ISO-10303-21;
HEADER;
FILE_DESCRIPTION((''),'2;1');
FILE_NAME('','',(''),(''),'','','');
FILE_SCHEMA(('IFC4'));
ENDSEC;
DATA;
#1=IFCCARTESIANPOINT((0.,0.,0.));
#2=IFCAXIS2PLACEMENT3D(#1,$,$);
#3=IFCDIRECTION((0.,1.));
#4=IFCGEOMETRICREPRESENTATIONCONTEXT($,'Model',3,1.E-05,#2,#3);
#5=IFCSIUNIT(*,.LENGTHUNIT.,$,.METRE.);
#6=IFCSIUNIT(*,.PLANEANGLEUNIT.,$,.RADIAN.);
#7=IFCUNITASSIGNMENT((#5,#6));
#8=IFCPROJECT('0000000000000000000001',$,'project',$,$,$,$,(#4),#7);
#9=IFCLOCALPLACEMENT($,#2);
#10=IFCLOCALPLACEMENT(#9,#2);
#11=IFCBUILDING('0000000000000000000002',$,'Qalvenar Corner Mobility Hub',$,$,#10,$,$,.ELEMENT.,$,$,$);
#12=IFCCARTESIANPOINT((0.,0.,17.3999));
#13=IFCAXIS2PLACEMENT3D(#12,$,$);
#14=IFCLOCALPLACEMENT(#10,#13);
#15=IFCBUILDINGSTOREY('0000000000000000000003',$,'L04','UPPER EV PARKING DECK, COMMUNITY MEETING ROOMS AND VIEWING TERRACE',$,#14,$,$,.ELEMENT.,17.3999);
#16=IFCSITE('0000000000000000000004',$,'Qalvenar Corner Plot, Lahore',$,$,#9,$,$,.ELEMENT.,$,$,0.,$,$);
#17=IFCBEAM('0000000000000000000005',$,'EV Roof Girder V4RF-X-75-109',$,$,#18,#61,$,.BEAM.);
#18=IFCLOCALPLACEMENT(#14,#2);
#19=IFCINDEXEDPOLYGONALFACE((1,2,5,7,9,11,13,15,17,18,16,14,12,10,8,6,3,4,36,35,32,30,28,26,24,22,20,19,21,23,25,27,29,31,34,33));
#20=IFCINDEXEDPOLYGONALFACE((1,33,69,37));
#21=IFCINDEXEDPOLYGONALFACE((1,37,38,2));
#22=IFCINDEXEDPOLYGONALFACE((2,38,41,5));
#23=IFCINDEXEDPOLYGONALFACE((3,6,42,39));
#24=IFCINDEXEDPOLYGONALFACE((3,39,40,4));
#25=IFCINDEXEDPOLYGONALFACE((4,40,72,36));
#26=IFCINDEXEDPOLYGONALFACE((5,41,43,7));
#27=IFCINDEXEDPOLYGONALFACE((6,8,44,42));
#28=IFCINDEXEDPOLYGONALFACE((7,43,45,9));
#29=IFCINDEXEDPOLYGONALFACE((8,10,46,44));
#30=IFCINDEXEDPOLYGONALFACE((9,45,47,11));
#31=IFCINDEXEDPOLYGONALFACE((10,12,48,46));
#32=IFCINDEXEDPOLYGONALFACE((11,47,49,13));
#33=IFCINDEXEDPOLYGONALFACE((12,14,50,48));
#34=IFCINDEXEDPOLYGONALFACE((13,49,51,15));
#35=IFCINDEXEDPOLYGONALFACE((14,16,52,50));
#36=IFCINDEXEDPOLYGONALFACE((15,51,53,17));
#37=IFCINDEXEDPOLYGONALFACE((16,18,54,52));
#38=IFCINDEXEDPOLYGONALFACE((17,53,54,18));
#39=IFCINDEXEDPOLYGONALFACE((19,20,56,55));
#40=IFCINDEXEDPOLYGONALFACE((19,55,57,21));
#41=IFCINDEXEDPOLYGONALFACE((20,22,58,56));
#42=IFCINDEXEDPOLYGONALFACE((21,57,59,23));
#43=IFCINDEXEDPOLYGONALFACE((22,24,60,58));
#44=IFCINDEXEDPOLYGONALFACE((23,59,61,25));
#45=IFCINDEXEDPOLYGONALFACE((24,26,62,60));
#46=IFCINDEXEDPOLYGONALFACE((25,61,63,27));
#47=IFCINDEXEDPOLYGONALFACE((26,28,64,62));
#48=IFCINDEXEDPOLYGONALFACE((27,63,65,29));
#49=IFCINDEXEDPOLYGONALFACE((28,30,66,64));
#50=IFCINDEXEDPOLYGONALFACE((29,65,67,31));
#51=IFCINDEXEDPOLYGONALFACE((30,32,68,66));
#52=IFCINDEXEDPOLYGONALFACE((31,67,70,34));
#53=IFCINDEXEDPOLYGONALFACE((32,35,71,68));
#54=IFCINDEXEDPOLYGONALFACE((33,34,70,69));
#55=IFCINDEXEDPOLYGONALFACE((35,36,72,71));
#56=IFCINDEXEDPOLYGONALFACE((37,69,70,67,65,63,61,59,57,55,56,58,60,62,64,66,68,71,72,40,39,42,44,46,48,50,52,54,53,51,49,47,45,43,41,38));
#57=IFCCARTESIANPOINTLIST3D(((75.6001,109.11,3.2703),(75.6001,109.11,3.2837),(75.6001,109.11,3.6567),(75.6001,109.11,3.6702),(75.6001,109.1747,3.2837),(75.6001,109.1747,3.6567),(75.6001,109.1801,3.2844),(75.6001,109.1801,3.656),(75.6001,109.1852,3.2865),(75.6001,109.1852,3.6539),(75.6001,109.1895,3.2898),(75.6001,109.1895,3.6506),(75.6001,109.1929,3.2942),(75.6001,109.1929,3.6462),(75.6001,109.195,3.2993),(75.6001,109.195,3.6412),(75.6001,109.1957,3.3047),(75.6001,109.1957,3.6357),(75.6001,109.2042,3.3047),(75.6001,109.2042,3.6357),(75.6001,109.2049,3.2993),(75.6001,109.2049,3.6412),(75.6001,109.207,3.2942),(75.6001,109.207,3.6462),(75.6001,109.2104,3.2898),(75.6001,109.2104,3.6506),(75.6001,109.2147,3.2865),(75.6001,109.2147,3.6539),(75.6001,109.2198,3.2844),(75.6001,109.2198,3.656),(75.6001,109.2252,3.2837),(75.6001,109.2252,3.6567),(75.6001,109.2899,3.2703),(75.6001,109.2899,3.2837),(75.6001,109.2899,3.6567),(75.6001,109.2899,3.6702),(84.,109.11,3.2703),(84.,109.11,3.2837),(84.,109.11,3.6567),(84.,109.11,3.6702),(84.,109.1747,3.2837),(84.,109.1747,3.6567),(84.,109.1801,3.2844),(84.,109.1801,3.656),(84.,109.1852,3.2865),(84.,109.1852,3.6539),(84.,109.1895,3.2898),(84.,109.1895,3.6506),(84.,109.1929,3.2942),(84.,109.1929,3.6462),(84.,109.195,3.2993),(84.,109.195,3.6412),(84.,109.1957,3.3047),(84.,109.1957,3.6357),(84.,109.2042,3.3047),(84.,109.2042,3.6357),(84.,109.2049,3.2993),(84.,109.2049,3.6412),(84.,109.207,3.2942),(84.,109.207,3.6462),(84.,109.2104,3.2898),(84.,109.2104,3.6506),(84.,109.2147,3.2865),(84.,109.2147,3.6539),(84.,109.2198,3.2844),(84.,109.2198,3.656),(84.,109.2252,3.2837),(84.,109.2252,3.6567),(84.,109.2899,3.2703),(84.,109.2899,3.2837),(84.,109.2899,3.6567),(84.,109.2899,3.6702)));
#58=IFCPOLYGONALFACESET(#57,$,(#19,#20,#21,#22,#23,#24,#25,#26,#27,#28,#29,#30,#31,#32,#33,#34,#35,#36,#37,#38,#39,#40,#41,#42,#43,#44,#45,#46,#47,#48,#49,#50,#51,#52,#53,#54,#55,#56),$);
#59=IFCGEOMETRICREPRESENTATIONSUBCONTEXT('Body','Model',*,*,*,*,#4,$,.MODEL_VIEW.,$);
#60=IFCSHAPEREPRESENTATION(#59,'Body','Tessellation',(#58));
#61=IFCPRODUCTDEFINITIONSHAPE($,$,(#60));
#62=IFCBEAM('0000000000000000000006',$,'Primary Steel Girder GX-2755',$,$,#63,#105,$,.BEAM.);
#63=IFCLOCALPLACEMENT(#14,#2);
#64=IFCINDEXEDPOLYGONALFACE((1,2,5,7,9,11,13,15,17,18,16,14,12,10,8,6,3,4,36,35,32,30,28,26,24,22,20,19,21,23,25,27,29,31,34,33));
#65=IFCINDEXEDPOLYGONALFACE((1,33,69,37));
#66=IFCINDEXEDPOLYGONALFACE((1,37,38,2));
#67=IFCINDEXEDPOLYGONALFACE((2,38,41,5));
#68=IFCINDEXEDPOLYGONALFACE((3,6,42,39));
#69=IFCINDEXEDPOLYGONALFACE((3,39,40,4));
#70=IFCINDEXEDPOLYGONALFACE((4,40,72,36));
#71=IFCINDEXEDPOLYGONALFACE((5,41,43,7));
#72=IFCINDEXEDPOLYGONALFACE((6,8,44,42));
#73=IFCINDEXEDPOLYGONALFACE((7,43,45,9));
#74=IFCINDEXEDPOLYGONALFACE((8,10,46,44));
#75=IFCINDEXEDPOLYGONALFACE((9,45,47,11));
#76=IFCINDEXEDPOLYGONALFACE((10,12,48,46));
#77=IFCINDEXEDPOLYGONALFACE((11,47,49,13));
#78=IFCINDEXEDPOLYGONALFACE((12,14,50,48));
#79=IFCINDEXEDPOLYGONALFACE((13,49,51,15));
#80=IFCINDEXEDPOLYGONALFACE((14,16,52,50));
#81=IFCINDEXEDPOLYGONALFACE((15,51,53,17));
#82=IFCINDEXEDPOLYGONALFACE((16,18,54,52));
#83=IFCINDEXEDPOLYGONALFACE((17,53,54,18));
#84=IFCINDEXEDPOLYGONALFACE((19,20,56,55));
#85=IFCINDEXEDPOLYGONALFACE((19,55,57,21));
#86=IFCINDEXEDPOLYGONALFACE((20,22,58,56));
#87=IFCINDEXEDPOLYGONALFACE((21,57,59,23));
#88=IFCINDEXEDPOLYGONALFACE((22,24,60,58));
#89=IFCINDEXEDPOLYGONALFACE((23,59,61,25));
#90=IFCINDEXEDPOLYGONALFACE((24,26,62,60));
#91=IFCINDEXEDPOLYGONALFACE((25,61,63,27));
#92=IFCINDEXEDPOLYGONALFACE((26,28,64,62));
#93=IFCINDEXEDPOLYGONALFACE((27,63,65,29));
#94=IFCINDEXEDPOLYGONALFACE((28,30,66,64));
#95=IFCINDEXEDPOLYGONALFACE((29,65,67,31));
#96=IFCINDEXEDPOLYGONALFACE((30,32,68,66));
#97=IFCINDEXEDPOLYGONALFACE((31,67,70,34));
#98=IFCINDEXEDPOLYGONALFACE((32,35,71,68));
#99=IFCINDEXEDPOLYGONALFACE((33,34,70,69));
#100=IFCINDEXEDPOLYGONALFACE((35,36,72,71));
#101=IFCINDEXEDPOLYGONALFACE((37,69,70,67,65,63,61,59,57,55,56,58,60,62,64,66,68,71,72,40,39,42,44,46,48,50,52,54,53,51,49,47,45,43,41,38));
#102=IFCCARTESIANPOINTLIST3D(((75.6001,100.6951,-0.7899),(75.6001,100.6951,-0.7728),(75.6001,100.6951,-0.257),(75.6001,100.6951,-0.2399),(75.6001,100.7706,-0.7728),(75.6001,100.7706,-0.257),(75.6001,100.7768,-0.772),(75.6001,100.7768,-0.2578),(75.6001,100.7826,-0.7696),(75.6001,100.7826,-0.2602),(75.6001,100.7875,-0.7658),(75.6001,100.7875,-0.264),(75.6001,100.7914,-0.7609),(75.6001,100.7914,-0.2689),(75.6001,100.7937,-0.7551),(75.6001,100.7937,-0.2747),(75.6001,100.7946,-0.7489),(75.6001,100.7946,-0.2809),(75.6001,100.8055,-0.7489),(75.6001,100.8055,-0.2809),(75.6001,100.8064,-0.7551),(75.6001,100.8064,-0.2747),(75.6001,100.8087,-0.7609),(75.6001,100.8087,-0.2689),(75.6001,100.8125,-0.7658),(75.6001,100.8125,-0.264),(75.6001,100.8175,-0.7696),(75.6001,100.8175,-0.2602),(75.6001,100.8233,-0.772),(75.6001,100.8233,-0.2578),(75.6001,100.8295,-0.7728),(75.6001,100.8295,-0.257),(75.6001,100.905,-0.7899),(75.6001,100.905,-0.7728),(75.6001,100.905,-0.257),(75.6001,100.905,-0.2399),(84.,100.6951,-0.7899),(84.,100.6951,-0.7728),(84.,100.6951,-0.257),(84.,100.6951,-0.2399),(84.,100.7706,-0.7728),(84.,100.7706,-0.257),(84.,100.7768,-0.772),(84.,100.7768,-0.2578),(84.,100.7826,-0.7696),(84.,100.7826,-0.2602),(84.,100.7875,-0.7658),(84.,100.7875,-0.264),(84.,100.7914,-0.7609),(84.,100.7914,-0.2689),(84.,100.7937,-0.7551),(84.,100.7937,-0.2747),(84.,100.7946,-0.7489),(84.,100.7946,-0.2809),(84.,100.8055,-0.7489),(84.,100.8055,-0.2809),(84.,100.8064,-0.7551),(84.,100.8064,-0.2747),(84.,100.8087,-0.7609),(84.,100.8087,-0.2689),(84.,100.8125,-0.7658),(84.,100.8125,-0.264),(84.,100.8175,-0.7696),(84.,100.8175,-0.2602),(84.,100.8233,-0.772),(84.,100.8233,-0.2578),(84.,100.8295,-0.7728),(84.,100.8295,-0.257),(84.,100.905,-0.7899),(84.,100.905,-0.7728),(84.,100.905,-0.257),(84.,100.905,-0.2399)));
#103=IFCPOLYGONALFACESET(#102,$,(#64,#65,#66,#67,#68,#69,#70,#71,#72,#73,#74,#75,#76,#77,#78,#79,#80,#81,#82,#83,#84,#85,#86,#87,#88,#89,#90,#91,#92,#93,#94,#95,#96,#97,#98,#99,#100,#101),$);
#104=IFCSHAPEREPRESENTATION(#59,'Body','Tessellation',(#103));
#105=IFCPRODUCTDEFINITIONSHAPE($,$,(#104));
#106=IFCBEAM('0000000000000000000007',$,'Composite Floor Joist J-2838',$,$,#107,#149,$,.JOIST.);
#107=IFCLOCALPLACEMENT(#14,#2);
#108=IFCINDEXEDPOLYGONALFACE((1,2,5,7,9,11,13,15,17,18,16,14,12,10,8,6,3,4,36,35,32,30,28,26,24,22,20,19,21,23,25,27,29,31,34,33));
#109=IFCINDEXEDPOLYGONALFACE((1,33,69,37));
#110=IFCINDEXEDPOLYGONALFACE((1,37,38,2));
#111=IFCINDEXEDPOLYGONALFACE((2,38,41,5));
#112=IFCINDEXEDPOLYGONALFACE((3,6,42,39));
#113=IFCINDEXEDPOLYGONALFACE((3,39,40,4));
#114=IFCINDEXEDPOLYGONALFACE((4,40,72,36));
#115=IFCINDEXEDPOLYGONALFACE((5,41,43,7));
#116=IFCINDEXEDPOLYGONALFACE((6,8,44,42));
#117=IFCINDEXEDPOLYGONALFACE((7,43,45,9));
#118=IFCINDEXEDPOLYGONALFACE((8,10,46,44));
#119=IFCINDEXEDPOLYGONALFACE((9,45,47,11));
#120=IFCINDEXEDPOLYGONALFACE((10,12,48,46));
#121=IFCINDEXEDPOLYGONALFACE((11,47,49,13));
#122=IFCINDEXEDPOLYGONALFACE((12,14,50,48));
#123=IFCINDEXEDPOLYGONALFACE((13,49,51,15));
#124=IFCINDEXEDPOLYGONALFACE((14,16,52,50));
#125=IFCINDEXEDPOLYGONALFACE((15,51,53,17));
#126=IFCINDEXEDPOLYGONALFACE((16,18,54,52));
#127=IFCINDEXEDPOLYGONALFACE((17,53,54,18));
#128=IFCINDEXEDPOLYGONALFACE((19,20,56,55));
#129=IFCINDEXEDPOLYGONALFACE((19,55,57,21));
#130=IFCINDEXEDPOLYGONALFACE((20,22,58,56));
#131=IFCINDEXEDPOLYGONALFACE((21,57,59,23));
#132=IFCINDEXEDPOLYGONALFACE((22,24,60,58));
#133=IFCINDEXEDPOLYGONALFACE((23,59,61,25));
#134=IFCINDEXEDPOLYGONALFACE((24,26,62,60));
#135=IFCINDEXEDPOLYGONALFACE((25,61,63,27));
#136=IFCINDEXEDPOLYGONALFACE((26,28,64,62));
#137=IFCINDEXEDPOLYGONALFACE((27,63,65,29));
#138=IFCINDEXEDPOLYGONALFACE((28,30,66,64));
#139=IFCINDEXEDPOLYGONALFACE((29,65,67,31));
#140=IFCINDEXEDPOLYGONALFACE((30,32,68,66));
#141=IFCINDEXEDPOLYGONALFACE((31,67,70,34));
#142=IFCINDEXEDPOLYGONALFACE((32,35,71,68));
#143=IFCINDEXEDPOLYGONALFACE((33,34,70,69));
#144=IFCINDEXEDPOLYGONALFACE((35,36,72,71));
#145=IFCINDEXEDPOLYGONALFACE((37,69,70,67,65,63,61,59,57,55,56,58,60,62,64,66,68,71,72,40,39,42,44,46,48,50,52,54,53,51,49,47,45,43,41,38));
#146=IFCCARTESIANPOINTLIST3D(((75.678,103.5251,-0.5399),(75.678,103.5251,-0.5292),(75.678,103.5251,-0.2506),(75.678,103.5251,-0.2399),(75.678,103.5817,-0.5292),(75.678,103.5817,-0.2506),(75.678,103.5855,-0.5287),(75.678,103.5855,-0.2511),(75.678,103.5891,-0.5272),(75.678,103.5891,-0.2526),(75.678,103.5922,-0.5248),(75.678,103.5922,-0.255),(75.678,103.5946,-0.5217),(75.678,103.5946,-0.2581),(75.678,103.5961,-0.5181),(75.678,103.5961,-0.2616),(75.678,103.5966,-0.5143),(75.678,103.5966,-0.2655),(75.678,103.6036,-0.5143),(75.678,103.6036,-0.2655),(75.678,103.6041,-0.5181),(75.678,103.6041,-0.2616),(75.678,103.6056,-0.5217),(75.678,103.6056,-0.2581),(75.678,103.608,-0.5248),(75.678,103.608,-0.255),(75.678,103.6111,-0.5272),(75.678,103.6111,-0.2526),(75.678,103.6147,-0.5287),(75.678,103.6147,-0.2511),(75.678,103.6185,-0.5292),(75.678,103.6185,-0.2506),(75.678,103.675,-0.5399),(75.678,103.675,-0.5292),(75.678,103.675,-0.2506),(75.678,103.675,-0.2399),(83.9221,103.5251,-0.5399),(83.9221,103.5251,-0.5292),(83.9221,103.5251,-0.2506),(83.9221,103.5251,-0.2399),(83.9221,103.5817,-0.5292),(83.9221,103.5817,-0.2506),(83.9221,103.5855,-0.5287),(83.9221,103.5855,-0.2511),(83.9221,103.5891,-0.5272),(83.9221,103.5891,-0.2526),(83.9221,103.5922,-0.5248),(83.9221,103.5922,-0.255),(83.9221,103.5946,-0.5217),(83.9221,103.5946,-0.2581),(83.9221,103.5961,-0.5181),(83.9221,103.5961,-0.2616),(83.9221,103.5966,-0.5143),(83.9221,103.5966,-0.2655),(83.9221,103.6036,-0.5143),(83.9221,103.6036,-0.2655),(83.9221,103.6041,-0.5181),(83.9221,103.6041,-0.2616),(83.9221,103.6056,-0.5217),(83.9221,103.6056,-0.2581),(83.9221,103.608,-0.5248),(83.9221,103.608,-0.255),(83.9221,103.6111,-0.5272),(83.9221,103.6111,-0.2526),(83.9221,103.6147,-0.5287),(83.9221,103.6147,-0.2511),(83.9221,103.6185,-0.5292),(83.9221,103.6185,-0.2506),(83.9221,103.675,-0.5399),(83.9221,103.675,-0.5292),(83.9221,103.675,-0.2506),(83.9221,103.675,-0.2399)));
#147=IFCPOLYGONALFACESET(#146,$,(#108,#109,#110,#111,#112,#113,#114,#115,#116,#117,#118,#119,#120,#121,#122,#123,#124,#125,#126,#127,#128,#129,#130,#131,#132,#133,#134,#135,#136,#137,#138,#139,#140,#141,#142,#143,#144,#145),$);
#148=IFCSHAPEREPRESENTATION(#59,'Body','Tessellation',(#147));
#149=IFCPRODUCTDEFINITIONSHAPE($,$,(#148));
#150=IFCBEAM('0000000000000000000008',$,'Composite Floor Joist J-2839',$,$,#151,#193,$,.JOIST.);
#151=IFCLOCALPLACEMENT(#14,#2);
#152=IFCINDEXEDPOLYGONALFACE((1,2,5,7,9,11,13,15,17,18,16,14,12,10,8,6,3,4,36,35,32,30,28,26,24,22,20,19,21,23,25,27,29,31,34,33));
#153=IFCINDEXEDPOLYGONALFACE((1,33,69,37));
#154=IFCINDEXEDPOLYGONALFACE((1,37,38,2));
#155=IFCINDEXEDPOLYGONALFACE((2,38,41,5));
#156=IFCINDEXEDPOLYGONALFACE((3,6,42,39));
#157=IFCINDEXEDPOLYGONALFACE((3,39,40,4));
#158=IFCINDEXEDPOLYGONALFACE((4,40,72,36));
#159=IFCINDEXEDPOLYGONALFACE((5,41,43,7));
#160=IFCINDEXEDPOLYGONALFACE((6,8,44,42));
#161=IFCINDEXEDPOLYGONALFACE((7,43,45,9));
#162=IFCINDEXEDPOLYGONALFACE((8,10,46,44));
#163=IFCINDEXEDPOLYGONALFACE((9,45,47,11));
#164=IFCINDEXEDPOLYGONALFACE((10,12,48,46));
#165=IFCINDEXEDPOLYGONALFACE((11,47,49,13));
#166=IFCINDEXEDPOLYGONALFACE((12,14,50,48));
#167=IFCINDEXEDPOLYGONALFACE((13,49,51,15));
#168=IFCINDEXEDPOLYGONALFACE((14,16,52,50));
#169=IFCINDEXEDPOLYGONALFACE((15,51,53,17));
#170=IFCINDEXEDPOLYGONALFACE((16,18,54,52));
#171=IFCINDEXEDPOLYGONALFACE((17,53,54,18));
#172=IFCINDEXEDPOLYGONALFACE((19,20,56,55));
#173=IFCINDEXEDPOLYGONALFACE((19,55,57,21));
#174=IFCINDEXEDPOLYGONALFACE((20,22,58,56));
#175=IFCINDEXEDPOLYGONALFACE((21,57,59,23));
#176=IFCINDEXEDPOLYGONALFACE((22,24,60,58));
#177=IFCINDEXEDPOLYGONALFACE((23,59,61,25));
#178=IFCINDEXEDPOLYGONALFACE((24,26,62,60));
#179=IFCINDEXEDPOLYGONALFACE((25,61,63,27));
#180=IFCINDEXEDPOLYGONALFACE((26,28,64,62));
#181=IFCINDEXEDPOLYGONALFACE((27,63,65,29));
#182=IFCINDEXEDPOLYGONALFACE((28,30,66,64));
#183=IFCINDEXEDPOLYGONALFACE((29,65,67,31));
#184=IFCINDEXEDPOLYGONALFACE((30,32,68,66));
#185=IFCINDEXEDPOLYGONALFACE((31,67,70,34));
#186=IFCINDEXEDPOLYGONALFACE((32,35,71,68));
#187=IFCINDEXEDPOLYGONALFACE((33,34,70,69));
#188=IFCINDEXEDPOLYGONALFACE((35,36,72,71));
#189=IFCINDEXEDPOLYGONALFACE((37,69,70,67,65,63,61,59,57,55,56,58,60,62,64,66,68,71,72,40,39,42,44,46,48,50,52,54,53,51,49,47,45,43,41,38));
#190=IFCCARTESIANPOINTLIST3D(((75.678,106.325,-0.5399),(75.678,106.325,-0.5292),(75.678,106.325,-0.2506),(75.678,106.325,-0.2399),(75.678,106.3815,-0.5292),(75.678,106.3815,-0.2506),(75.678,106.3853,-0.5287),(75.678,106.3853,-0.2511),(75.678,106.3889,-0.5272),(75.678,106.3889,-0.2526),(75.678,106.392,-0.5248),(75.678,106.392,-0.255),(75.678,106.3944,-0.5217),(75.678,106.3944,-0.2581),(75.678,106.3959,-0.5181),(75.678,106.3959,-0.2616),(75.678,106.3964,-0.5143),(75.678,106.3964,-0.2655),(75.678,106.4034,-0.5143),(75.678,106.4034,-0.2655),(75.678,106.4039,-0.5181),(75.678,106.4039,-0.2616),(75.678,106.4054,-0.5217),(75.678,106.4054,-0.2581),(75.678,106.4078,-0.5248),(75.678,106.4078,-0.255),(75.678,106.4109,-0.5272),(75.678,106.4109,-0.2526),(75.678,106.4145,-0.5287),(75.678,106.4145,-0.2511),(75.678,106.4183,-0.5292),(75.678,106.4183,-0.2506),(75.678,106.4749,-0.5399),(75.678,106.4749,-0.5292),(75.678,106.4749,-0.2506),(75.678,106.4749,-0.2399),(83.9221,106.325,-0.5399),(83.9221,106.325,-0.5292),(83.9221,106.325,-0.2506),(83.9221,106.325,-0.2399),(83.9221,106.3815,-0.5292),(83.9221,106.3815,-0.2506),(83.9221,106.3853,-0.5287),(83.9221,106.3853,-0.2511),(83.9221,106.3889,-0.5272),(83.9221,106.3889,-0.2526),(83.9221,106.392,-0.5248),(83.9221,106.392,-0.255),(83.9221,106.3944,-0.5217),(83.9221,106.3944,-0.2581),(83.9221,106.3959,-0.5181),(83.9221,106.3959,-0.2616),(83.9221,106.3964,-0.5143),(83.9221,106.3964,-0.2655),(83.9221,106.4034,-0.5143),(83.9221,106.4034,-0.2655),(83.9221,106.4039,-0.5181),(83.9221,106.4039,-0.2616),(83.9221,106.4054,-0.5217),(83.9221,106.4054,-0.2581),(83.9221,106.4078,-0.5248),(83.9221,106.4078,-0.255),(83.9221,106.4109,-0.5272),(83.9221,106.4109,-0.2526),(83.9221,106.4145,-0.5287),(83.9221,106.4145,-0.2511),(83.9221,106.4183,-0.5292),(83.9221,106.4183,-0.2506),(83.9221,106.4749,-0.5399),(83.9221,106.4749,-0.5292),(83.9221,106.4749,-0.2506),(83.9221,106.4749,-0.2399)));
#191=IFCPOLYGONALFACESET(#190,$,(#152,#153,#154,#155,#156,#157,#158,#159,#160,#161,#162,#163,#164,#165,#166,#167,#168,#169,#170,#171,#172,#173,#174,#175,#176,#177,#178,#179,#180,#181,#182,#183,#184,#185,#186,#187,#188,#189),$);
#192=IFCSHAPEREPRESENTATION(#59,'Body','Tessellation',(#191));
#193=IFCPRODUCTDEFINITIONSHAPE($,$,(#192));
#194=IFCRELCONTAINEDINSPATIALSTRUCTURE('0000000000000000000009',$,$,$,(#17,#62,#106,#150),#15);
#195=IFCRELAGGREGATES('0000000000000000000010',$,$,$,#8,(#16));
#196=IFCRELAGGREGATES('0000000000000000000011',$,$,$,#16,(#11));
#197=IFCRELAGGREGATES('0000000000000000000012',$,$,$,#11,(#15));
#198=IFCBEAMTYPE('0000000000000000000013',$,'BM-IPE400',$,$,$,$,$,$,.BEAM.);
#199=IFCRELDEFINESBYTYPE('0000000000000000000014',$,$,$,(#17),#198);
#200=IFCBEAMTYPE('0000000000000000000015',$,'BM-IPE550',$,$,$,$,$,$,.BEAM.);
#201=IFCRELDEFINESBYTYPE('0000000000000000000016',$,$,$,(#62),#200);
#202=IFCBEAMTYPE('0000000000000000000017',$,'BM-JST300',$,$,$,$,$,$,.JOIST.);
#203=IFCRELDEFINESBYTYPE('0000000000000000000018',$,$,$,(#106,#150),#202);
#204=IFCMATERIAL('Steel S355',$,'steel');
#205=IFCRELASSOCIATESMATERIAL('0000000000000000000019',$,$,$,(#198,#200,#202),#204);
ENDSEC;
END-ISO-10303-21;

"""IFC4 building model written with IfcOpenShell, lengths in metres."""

from ifc_helpers import new_model, si_unit, direction, frame, origin, origin_2d, place, context, subcontext, project, spatial, i_section, extrude, material, material_profile, profile_set, type_object, element, save


model = new_model("IFC4")

# Units and contexts
model_context = context("Model", 3, precision=1e-05, world=origin(), true_north=direction((0.0, 1.0)))
body_context = subcontext(model_context, "Body", "Model", "MODEL_VIEW")
ifc_project = project(units=[si_unit("LENGTHUNIT", "METRE"), si_unit("PLANEANGLEUNIT", "RADIAN")], contexts=[model_context])

# Site, building, storey
site_placement = place(None, origin())
site = spatial("IfcSite", under=ifc_project, at=site_placement, Name="Qalvenar Corner Plot, Lahore", CompositionType="ELEMENT", RefElevation=0.0)
building_placement = place(site_placement, origin())
building = spatial("IfcBuilding", under=site, at=building_placement, Name="Qalvenar Corner Mobility Hub", CompositionType="ELEMENT")
storey_placement = place(building_placement, frame((0.0, 0.0, 17.3999)))
storey = spatial("IfcBuildingStorey", under=building, at=storey_placement, Name="L04", Description="UPPER EV PARKING DECK, COMMUNITY MEETING ROOMS AND VIEWING TERRACE", CompositionType="ELEMENT", Elevation=17.3999)

# Shared definitions
ifc_material_1 = material(Name="Steel S355", Category="steel")

# Beams
ifc_material_profile_1 = material_profile(ifc_material_1, i_section(OverallWidth=0.1799, OverallDepth=0.3999, WebThickness=0.0085, FlangeThickness=0.0134, FilletRadius=0.021, at=origin_2d()), Name="IPE400")
ifc_profile_set_1 = profile_set([ifc_material_profile_1], Name="Steel S355")
beam_type_1 = type_object("IfcBeamType", Name="BM-IPE400", PredefinedType="BEAM", material=ifc_profile_set_1)
for number, where, z_axis, x_axis, name in (
    (1, (75.6001, 109.2, 3.4702), (1.0, 0.0, 0.0), (0.0, 1.0, 0.0), "EV Roof Girder V4RF-X-75-109"),
):
    element("IfcBeam", number, at=place(storey_placement, frame(where, z_axis=z_axis, x_axis=x_axis)), inside=storey, type_object=beam_type_1, Name=name, PredefinedType="BEAM", context=body_context, shape_type="SweptSolid", body=[
        extrude(i_section(OverallWidth=0.1799, OverallDepth=0.3999, WebThickness=0.0085, FlangeThickness=0.0134, FilletRadius=0.021, at=origin_2d()), origin(), (0.0, 0.0, 1.0), 8.3999),
    ])
ifc_material_profile_2 = material_profile(ifc_material_1, i_section(OverallWidth=0.21, OverallDepth=0.55, WebThickness=0.011, FlangeThickness=0.0171, FilletRadius=0.0239, at=origin_2d()), Name="IPE550")
ifc_profile_set_2 = profile_set([ifc_material_profile_2], Name="Steel S355")
beam_type_2 = type_object("IfcBeamType", Name="BM-IPE550", PredefinedType="BEAM", material=ifc_profile_set_2)
beam_1_placement = place(storey_placement, frame((75.6001, 100.8, -0.5149), z_axis=(1.0, 0.0, 0.0), x_axis=(0.0, 1.0, 0.0)))
element("IfcBeam", 2, at=beam_1_placement, inside=storey, type_object=beam_type_2, Name="Primary Steel Girder GX-2755", PredefinedType="BEAM", context=body_context, shape_type="SweptSolid", body=[
    extrude(i_section(OverallWidth=0.21, OverallDepth=0.55, WebThickness=0.011, FlangeThickness=0.0171, FilletRadius=0.0239, at=origin_2d()), origin(), (0.0, 0.0, 1.0), 8.3999),
])
ifc_material_profile_3 = material_profile(ifc_material_1, i_section(OverallWidth=0.1499, OverallDepth=0.3, WebThickness=0.0071, FlangeThickness=0.0107, FilletRadius=0.0149, at=origin_2d()), Name="IPE300")
ifc_profile_set_3 = profile_set([ifc_material_profile_3], Name="Steel S355")
beam_type_3 = type_object("IfcBeamType", Name="BM-JST300", PredefinedType="JOIST", material=ifc_profile_set_3)
for number, where, z_axis, x_axis, name in (
    (3, (75.678, 103.6001, -0.3899), (1.0, 0.0, 0.0), (0.0, 1.0, 0.0), "Composite Floor Joist J-2838"),
    (4, (75.678, 106.3999, -0.3899), (1.0, 0.0, 0.0), (0.0, 1.0, 0.0), "Composite Floor Joist J-2839"),
):
    element("IfcBeam", number, at=place(storey_placement, frame(where, z_axis=z_axis, x_axis=x_axis)), inside=storey, type_object=beam_type_3, Name=name, PredefinedType="JOIST", context=body_context, shape_type="SweptSolid", body=[
        extrude(i_section(OverallWidth=0.1499, OverallDepth=0.3, WebThickness=0.0071, FlangeThickness=0.0107, FilletRadius=0.0149, at=origin_2d()), origin(), (0.0, 0.0, 1.0), 8.2441),
    ])

save(model, "model.ifc")
